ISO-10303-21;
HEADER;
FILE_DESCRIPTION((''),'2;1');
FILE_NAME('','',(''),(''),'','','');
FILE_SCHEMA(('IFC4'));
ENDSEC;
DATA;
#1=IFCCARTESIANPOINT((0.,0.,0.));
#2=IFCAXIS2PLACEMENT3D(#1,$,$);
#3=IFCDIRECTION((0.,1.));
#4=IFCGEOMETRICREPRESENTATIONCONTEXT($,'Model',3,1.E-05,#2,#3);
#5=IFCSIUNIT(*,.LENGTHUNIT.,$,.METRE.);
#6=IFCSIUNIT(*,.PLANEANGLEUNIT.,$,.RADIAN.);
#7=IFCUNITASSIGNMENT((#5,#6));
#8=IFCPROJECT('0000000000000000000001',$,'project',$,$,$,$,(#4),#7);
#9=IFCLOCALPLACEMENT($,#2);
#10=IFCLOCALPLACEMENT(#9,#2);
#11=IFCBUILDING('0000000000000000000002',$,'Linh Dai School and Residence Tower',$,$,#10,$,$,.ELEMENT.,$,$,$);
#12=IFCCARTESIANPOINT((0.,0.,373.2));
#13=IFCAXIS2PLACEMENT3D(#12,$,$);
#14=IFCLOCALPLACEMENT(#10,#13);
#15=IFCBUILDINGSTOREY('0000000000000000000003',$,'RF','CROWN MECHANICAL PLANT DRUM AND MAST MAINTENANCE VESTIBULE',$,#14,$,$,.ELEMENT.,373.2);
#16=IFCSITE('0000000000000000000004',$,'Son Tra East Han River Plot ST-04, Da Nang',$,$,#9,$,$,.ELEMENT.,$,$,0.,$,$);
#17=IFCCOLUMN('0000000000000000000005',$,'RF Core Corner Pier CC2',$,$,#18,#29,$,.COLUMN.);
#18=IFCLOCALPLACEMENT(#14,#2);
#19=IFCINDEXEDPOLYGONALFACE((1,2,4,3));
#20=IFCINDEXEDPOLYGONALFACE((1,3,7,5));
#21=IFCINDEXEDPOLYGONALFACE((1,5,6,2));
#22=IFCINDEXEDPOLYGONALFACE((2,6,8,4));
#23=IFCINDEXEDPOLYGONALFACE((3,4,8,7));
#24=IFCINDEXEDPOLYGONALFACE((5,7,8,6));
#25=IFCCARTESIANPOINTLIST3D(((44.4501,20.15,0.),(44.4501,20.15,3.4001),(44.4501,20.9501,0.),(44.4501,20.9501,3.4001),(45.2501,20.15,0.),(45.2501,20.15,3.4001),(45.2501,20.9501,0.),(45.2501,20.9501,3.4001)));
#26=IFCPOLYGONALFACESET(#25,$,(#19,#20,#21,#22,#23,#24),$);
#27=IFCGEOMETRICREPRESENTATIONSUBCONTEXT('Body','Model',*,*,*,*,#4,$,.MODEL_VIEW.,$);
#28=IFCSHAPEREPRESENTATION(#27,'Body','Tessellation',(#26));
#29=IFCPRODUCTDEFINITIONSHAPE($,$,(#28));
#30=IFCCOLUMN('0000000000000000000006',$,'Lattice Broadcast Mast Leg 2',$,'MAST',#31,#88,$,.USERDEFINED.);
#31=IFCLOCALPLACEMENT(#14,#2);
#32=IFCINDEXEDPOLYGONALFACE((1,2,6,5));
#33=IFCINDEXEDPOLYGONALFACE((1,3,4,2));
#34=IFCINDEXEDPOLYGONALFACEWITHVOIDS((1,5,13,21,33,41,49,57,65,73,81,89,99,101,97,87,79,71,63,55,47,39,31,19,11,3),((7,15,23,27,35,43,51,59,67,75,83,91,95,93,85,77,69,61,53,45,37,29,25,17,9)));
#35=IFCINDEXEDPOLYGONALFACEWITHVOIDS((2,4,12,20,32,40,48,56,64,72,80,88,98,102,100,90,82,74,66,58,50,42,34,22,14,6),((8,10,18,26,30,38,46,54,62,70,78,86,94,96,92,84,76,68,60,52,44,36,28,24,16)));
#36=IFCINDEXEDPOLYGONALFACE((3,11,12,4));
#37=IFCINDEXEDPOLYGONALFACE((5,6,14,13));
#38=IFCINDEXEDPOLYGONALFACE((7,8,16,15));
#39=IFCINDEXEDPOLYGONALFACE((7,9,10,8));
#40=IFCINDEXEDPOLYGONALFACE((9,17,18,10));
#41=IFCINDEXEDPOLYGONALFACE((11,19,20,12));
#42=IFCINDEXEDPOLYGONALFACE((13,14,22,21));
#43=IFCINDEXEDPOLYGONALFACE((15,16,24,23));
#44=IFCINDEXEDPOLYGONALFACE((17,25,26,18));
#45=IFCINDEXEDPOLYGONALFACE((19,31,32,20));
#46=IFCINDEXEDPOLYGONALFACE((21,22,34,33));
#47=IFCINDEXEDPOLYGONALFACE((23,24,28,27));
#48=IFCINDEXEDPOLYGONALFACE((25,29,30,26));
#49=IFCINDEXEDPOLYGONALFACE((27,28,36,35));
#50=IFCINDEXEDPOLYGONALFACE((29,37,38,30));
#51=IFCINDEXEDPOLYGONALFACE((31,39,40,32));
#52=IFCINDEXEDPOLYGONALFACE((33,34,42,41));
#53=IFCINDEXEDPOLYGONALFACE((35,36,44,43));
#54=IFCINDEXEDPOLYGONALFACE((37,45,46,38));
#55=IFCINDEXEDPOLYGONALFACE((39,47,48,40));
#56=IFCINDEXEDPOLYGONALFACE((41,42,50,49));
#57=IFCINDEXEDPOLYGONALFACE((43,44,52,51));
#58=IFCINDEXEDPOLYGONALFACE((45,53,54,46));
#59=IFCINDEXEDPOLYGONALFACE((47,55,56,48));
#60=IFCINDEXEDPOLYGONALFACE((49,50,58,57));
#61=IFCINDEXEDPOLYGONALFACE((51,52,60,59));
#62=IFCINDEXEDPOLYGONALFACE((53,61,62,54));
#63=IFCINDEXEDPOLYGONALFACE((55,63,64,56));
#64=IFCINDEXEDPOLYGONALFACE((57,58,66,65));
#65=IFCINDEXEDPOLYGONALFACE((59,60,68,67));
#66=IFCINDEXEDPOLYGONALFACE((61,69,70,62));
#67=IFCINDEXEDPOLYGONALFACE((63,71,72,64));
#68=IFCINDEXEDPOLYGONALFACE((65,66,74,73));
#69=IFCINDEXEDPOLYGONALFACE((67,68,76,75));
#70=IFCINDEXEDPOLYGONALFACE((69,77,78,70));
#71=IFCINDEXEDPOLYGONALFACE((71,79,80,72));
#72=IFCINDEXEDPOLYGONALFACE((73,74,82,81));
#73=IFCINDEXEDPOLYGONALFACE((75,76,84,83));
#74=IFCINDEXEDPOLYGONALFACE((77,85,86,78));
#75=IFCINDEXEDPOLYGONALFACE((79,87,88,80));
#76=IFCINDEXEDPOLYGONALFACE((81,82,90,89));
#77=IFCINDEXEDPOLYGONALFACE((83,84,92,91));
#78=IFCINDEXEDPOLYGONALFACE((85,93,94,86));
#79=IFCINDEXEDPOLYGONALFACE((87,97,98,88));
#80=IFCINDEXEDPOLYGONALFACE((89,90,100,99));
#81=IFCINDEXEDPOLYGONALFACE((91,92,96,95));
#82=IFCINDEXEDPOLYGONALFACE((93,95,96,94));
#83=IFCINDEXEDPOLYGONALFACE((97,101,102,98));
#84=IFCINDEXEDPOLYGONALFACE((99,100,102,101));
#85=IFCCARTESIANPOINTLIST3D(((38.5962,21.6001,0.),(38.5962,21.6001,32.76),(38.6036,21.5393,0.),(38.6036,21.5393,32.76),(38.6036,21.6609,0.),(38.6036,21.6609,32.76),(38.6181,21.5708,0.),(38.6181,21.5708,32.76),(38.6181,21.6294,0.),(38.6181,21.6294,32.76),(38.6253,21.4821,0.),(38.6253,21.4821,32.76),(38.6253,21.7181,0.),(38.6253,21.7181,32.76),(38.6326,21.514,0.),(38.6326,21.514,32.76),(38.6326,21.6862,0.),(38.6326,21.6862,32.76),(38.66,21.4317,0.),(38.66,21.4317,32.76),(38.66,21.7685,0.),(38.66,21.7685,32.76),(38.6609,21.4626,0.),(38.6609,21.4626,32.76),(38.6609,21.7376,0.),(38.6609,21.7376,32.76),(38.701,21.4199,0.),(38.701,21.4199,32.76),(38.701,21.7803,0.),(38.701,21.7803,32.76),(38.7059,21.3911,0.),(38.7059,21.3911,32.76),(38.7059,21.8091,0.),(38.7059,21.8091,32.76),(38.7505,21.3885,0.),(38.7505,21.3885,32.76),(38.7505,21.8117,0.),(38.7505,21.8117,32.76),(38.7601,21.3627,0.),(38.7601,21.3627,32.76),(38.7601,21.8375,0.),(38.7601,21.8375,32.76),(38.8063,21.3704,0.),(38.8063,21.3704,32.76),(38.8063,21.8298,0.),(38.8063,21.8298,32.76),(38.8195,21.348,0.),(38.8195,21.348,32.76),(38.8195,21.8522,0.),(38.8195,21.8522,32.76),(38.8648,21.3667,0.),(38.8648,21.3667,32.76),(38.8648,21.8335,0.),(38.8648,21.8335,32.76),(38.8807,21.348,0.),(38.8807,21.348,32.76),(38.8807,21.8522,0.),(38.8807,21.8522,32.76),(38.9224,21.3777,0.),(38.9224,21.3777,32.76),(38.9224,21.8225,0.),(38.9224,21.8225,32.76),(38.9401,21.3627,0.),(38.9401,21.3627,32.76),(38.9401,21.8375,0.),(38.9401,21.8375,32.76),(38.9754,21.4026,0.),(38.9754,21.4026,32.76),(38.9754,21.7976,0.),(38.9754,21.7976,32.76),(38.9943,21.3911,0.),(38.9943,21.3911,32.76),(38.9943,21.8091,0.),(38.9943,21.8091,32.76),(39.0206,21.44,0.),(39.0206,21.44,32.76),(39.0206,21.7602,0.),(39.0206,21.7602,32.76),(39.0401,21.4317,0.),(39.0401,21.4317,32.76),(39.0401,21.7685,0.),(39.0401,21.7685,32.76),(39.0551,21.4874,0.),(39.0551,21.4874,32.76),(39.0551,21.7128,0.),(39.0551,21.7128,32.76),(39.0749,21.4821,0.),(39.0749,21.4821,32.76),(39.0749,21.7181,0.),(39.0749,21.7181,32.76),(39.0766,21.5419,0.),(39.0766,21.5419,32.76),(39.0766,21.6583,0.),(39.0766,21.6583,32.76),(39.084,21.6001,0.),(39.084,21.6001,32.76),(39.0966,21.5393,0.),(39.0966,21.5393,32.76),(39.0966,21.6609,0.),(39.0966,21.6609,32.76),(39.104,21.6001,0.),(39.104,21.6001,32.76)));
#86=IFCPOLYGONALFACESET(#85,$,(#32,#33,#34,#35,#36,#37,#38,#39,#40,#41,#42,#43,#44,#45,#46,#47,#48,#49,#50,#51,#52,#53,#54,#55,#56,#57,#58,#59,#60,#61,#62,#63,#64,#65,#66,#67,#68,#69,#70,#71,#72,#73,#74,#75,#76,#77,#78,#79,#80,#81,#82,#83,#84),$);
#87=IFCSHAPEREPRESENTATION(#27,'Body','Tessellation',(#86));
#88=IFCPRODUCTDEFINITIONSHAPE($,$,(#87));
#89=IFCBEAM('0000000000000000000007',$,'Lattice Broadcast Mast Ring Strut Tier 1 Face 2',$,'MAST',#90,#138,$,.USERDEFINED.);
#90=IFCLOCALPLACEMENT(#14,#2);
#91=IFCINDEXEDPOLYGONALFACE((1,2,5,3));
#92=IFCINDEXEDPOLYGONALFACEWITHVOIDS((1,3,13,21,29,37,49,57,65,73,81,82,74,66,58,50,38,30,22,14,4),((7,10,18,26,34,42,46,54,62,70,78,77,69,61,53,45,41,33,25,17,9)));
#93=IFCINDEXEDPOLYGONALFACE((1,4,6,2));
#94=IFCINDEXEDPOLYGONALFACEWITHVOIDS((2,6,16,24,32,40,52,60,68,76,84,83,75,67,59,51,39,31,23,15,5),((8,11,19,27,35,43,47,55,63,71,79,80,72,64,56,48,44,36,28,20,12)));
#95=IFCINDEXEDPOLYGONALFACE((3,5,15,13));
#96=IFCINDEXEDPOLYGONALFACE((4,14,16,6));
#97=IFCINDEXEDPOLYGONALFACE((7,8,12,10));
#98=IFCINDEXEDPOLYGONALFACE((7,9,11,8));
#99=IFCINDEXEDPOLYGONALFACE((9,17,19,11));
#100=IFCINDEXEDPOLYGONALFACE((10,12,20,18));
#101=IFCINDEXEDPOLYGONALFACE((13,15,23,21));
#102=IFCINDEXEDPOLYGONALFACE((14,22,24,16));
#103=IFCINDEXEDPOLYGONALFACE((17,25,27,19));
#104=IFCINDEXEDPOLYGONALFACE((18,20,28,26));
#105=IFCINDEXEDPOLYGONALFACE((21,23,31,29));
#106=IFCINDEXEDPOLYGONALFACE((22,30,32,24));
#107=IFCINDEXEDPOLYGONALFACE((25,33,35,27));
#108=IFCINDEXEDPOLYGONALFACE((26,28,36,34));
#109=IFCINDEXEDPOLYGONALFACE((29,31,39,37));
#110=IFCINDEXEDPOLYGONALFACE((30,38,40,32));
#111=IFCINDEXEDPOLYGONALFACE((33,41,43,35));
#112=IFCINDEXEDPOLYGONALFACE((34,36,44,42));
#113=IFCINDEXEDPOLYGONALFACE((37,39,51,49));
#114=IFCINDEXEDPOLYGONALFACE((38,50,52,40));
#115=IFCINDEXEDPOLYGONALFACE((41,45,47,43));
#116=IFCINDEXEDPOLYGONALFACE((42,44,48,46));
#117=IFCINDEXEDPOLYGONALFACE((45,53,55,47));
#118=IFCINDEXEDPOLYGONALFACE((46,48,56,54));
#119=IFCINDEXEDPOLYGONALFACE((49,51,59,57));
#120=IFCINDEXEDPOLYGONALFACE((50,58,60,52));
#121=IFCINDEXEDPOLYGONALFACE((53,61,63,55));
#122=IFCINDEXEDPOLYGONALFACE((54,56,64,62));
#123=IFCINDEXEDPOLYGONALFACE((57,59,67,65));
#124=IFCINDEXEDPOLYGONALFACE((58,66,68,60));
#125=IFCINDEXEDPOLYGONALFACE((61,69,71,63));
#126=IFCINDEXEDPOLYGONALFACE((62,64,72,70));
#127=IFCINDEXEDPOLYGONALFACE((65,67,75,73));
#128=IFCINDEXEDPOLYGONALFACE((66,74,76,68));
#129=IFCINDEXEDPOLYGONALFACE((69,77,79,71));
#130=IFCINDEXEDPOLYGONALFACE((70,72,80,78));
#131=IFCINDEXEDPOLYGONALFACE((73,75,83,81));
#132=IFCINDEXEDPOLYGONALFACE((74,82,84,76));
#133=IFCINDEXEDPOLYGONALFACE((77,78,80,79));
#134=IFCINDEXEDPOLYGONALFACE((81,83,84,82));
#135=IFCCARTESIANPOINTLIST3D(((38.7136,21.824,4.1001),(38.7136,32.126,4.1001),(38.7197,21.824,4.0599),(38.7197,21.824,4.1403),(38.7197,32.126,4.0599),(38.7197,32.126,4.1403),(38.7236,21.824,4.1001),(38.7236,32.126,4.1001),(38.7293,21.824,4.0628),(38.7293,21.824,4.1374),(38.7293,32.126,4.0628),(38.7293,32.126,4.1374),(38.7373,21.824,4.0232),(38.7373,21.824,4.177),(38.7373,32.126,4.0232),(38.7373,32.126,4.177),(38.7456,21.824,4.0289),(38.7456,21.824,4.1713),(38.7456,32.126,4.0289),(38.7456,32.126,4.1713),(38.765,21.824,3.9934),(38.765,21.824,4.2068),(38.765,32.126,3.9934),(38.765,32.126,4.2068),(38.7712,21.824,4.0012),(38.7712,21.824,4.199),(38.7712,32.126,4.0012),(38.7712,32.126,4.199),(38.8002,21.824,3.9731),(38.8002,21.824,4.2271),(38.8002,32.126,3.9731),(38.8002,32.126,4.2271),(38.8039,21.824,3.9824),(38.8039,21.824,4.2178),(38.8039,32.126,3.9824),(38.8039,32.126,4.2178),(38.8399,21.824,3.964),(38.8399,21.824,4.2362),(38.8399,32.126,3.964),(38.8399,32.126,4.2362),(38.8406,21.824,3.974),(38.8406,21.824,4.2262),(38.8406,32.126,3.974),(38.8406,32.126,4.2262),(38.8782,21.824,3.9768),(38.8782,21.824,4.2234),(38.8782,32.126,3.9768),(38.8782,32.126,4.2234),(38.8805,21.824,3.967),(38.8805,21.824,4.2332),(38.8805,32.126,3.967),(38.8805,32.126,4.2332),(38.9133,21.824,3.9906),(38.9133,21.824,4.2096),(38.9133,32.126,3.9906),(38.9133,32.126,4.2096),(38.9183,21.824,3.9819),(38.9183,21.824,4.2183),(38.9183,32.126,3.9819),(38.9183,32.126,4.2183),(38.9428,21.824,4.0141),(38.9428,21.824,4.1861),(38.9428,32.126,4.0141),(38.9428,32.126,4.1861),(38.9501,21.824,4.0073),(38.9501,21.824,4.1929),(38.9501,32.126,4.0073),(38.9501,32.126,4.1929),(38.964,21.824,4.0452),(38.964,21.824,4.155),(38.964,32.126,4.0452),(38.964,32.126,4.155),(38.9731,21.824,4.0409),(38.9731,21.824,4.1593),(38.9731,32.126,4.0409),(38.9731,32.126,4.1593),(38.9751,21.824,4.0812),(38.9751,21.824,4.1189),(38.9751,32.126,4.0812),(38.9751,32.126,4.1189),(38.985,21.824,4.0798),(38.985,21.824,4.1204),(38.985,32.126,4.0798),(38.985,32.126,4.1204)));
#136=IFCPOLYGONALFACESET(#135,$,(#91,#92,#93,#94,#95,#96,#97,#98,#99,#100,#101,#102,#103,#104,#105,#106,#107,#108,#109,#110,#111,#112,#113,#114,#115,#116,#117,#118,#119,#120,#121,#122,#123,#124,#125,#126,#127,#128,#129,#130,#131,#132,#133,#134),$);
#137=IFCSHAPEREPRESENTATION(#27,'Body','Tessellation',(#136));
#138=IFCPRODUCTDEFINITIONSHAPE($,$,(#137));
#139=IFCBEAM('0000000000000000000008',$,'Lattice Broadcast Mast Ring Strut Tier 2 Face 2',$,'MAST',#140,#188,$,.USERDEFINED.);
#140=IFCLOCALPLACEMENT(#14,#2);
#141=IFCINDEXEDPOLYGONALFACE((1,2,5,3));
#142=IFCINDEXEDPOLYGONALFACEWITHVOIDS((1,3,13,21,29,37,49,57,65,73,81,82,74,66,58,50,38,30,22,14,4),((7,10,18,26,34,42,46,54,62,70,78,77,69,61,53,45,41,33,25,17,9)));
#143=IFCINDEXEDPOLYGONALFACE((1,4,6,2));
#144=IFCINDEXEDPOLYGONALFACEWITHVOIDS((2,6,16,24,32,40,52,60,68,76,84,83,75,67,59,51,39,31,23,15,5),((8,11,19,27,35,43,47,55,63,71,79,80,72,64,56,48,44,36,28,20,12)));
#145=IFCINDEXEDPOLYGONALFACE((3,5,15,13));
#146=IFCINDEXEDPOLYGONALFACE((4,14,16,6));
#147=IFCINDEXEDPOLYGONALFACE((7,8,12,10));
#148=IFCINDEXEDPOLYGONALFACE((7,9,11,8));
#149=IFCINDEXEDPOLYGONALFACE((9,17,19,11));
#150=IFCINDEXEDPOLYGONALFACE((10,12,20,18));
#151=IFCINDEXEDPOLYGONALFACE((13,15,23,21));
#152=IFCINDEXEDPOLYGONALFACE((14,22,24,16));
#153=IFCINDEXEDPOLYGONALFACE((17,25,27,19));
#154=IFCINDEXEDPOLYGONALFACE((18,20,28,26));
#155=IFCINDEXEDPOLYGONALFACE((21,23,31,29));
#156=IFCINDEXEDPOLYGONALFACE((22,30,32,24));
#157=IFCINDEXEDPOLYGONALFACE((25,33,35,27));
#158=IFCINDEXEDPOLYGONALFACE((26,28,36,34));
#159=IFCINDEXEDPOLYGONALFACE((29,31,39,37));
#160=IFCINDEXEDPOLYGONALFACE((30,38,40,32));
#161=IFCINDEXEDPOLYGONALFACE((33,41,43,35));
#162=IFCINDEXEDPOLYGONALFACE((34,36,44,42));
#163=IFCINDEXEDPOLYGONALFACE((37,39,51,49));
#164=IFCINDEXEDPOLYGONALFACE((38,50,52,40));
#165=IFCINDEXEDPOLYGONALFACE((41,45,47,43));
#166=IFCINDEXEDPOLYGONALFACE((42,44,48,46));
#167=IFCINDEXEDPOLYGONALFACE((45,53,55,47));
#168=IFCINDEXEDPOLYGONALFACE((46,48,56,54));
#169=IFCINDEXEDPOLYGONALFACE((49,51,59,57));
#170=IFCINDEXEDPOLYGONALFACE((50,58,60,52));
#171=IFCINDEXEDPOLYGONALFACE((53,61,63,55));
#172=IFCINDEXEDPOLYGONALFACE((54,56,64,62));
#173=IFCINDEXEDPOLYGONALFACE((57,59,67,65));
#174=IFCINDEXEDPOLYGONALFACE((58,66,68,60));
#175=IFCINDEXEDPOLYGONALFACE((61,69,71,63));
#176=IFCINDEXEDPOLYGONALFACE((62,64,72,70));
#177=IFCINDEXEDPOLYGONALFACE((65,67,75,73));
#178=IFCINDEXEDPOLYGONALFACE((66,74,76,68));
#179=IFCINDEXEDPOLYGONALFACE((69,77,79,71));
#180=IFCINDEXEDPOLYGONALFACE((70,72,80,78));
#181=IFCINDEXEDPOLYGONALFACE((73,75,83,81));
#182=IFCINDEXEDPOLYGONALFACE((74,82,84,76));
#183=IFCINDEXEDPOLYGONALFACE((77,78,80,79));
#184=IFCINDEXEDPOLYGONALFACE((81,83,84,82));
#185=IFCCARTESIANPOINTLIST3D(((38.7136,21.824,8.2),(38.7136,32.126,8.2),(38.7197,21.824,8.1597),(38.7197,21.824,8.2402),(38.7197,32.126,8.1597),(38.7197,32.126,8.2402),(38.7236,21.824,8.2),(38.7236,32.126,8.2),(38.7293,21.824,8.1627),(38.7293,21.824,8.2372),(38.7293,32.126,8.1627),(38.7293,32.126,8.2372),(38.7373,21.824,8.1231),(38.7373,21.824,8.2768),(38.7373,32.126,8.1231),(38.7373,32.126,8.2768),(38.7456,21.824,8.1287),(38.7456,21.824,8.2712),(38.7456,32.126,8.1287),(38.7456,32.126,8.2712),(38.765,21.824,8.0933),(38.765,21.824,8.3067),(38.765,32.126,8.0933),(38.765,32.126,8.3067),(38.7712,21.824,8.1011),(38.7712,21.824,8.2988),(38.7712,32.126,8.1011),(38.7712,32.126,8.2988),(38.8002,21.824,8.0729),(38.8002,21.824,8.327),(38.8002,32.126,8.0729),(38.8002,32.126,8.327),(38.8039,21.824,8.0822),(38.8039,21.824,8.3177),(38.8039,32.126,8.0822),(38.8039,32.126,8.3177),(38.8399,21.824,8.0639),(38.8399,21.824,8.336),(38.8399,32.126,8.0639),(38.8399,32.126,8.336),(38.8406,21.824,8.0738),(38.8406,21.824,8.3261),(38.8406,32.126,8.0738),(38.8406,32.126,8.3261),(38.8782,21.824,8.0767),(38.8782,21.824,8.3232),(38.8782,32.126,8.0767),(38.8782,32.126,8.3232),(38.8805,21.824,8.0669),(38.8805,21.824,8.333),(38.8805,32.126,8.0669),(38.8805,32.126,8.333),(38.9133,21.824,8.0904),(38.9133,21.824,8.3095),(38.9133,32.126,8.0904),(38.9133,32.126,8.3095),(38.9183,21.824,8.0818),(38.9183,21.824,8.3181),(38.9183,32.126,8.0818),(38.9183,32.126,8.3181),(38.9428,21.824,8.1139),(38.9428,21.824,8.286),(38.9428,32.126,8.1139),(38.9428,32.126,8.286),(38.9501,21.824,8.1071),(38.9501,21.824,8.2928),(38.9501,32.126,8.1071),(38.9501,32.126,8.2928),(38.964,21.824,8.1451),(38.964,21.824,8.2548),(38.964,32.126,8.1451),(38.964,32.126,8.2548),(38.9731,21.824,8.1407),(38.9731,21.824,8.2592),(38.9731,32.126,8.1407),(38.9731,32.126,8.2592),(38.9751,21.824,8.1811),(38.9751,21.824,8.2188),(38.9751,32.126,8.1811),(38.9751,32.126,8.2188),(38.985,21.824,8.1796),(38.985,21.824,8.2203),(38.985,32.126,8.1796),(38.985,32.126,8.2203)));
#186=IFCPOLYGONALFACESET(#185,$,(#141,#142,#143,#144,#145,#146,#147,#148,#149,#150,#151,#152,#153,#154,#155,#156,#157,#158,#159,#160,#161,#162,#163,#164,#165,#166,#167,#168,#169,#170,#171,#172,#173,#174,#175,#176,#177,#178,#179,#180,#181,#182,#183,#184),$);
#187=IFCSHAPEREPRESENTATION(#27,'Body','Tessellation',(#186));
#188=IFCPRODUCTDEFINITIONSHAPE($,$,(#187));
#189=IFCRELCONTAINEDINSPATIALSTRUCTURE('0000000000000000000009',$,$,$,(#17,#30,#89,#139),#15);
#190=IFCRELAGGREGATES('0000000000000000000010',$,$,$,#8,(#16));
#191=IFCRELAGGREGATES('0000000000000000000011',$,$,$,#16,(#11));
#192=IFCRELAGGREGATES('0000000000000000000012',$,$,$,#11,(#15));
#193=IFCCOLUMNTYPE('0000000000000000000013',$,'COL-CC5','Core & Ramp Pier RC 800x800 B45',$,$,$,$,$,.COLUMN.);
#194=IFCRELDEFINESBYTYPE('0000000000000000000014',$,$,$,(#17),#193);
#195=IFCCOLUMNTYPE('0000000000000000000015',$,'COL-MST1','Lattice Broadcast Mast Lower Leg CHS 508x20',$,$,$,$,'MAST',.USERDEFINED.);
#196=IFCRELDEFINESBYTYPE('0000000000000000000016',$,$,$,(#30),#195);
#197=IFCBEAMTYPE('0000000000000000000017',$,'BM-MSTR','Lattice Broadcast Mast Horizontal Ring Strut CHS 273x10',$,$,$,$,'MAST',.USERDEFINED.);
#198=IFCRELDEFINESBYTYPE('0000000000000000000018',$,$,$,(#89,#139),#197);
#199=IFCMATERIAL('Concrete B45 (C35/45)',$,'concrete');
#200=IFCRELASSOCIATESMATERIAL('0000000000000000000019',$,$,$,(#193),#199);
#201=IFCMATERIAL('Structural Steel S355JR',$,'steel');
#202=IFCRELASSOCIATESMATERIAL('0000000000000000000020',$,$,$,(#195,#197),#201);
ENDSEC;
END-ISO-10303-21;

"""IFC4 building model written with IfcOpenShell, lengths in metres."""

from ifc_helpers import new_model, si_unit, direction, frame, origin, origin_2d, place, context, subcontext, project, spatial, rectangle, hollow_circle, extrude, material, material_profile, profile_set, type_object, element, save


model = new_model("IFC4")

# Units and contexts
model_context = context("Model", 3, precision=1e-05, world=origin(), true_north=direction((0.0, 1.0)))
body_context = subcontext(model_context, "Body", "Model", "MODEL_VIEW")
ifc_project = project(units=[si_unit("LENGTHUNIT", "METRE"), si_unit("PLANEANGLEUNIT", "RADIAN")], contexts=[model_context])

# Site, building, storey
site_placement = place(None, origin())
site = spatial("IfcSite", under=ifc_project, at=site_placement, Name="Son Tra East Han River Plot ST-04, Da Nang", CompositionType="ELEMENT", RefElevation=0.0)
building_placement = place(site_placement, origin())
building = spatial("IfcBuilding", under=site, at=building_placement, Name="Linh Dai School and Residence Tower", CompositionType="ELEMENT")
storey_placement = place(building_placement, frame((0.0, 0.0, 373.2)))
storey = spatial("IfcBuildingStorey", under=building, at=storey_placement, Name="RF", Description="CROWN MECHANICAL PLANT DRUM AND MAST MAINTENANCE VESTIBULE", CompositionType="ELEMENT", Elevation=373.2)

# Columns
ifc_material_1 = material(Name="Concrete B45 (C35/45)", Category="concrete")
ifc_material_profile_1 = material_profile(ifc_material_1, rectangle(XDim=0.8, YDim=0.8, at=origin_2d()), Name="RC 800x800")
ifc_profile_set_1 = profile_set([ifc_material_profile_1], Name="Concrete B45 (C35/45)")
column_type_1 = type_object("IfcColumnType", Name="COL-CC5", Description="Core & Ramp Pier RC 800x800 B45", PredefinedType="COLUMN", material=ifc_profile_set_1)
column_1_placement = place(storey_placement, frame((44.8501, 20.55, 0.0), z_axis=(0.0, 0.0, 1.0), x_axis=(1.0, 0.0, 0.0)))
element("IfcColumn", 1, at=column_1_placement, inside=storey, type_object=column_type_1, Name="RF Core Corner Pier CC2", PredefinedType="COLUMN", context=body_context, shape_type="SweptSolid", body=[
    extrude(rectangle(XDim=0.8, YDim=0.8, at=origin_2d()), origin(), (0.0, 0.0, 1.0), 3.4001),
])
ifc_material_2 = material(Name="Structural Steel S355JR", Category="steel")
ifc_material_profile_2 = material_profile(ifc_material_2, hollow_circle(Radius=0.2539, WallThickness=0.02, at=origin_2d()), Name="CHS 508x20")
ifc_profile_set_2 = profile_set([ifc_material_profile_2], Name="Structural Steel S355JR")
column_type_2 = type_object("IfcColumnType", Name="COL-MST1", Description="Lattice Broadcast Mast Lower Leg CHS 508x20", ElementType="MAST", PredefinedType="USERDEFINED", material=ifc_profile_set_2)
column_2_placement = place(storey_placement, frame((38.8501, 21.6001, 0.0), z_axis=(0.0, 0.0, 1.0), x_axis=(1.0, 0.0, 0.0)))
element("IfcColumn", 2, at=column_2_placement, inside=storey, type_object=column_type_2, Name="Lattice Broadcast Mast Leg 2", ObjectType="MAST", PredefinedType="USERDEFINED", context=body_context, shape_type="SweptSolid", body=[
    extrude(hollow_circle(Radius=0.2539, WallThickness=0.02, at=origin_2d()), origin(), (0.0, 0.0, 1.0), 32.76),
])

# Beams
ifc_material_profile_3 = material_profile(ifc_material_2, hollow_circle(Radius=0.1365, WallThickness=0.01, at=origin_2d()), Name="CHS 273x10")
ifc_profile_set_3 = profile_set([ifc_material_profile_3], Name="Structural Steel S355JR")
beam_type_1 = type_object("IfcBeamType", Name="BM-MSTR", Description="Lattice Broadcast Mast Horizontal Ring Strut CHS 273x10", ElementType="MAST", PredefinedType="USERDEFINED", material=ifc_profile_set_3)
for number, where, z_axis, x_axis, name in (
    (3, (38.8501, 21.824, 4.1001), (0.0, 1.0, 0.0), (-1.0, 0.0, 0.0), "Lattice Broadcast Mast Ring Strut Tier 1 Face 2"),
    (4, (38.8501, 21.824, 8.2), (0.0, 1.0, 0.0), (-1.0, 0.0, 0.0), "Lattice Broadcast Mast Ring Strut Tier 2 Face 2"),
):
    element("IfcBeam", number, at=place(storey_placement, frame(where, z_axis=z_axis, x_axis=x_axis)), inside=storey, type_object=beam_type_1, Name=name, ObjectType="MAST", PredefinedType="USERDEFINED", context=body_context, shape_type="SweptSolid", body=[
        extrude(hollow_circle(Radius=0.1365, WallThickness=0.01, at=origin_2d()), origin(), (0.0, 0.0, 1.0), 10.302),
    ])

save(model, "model.ifc")
